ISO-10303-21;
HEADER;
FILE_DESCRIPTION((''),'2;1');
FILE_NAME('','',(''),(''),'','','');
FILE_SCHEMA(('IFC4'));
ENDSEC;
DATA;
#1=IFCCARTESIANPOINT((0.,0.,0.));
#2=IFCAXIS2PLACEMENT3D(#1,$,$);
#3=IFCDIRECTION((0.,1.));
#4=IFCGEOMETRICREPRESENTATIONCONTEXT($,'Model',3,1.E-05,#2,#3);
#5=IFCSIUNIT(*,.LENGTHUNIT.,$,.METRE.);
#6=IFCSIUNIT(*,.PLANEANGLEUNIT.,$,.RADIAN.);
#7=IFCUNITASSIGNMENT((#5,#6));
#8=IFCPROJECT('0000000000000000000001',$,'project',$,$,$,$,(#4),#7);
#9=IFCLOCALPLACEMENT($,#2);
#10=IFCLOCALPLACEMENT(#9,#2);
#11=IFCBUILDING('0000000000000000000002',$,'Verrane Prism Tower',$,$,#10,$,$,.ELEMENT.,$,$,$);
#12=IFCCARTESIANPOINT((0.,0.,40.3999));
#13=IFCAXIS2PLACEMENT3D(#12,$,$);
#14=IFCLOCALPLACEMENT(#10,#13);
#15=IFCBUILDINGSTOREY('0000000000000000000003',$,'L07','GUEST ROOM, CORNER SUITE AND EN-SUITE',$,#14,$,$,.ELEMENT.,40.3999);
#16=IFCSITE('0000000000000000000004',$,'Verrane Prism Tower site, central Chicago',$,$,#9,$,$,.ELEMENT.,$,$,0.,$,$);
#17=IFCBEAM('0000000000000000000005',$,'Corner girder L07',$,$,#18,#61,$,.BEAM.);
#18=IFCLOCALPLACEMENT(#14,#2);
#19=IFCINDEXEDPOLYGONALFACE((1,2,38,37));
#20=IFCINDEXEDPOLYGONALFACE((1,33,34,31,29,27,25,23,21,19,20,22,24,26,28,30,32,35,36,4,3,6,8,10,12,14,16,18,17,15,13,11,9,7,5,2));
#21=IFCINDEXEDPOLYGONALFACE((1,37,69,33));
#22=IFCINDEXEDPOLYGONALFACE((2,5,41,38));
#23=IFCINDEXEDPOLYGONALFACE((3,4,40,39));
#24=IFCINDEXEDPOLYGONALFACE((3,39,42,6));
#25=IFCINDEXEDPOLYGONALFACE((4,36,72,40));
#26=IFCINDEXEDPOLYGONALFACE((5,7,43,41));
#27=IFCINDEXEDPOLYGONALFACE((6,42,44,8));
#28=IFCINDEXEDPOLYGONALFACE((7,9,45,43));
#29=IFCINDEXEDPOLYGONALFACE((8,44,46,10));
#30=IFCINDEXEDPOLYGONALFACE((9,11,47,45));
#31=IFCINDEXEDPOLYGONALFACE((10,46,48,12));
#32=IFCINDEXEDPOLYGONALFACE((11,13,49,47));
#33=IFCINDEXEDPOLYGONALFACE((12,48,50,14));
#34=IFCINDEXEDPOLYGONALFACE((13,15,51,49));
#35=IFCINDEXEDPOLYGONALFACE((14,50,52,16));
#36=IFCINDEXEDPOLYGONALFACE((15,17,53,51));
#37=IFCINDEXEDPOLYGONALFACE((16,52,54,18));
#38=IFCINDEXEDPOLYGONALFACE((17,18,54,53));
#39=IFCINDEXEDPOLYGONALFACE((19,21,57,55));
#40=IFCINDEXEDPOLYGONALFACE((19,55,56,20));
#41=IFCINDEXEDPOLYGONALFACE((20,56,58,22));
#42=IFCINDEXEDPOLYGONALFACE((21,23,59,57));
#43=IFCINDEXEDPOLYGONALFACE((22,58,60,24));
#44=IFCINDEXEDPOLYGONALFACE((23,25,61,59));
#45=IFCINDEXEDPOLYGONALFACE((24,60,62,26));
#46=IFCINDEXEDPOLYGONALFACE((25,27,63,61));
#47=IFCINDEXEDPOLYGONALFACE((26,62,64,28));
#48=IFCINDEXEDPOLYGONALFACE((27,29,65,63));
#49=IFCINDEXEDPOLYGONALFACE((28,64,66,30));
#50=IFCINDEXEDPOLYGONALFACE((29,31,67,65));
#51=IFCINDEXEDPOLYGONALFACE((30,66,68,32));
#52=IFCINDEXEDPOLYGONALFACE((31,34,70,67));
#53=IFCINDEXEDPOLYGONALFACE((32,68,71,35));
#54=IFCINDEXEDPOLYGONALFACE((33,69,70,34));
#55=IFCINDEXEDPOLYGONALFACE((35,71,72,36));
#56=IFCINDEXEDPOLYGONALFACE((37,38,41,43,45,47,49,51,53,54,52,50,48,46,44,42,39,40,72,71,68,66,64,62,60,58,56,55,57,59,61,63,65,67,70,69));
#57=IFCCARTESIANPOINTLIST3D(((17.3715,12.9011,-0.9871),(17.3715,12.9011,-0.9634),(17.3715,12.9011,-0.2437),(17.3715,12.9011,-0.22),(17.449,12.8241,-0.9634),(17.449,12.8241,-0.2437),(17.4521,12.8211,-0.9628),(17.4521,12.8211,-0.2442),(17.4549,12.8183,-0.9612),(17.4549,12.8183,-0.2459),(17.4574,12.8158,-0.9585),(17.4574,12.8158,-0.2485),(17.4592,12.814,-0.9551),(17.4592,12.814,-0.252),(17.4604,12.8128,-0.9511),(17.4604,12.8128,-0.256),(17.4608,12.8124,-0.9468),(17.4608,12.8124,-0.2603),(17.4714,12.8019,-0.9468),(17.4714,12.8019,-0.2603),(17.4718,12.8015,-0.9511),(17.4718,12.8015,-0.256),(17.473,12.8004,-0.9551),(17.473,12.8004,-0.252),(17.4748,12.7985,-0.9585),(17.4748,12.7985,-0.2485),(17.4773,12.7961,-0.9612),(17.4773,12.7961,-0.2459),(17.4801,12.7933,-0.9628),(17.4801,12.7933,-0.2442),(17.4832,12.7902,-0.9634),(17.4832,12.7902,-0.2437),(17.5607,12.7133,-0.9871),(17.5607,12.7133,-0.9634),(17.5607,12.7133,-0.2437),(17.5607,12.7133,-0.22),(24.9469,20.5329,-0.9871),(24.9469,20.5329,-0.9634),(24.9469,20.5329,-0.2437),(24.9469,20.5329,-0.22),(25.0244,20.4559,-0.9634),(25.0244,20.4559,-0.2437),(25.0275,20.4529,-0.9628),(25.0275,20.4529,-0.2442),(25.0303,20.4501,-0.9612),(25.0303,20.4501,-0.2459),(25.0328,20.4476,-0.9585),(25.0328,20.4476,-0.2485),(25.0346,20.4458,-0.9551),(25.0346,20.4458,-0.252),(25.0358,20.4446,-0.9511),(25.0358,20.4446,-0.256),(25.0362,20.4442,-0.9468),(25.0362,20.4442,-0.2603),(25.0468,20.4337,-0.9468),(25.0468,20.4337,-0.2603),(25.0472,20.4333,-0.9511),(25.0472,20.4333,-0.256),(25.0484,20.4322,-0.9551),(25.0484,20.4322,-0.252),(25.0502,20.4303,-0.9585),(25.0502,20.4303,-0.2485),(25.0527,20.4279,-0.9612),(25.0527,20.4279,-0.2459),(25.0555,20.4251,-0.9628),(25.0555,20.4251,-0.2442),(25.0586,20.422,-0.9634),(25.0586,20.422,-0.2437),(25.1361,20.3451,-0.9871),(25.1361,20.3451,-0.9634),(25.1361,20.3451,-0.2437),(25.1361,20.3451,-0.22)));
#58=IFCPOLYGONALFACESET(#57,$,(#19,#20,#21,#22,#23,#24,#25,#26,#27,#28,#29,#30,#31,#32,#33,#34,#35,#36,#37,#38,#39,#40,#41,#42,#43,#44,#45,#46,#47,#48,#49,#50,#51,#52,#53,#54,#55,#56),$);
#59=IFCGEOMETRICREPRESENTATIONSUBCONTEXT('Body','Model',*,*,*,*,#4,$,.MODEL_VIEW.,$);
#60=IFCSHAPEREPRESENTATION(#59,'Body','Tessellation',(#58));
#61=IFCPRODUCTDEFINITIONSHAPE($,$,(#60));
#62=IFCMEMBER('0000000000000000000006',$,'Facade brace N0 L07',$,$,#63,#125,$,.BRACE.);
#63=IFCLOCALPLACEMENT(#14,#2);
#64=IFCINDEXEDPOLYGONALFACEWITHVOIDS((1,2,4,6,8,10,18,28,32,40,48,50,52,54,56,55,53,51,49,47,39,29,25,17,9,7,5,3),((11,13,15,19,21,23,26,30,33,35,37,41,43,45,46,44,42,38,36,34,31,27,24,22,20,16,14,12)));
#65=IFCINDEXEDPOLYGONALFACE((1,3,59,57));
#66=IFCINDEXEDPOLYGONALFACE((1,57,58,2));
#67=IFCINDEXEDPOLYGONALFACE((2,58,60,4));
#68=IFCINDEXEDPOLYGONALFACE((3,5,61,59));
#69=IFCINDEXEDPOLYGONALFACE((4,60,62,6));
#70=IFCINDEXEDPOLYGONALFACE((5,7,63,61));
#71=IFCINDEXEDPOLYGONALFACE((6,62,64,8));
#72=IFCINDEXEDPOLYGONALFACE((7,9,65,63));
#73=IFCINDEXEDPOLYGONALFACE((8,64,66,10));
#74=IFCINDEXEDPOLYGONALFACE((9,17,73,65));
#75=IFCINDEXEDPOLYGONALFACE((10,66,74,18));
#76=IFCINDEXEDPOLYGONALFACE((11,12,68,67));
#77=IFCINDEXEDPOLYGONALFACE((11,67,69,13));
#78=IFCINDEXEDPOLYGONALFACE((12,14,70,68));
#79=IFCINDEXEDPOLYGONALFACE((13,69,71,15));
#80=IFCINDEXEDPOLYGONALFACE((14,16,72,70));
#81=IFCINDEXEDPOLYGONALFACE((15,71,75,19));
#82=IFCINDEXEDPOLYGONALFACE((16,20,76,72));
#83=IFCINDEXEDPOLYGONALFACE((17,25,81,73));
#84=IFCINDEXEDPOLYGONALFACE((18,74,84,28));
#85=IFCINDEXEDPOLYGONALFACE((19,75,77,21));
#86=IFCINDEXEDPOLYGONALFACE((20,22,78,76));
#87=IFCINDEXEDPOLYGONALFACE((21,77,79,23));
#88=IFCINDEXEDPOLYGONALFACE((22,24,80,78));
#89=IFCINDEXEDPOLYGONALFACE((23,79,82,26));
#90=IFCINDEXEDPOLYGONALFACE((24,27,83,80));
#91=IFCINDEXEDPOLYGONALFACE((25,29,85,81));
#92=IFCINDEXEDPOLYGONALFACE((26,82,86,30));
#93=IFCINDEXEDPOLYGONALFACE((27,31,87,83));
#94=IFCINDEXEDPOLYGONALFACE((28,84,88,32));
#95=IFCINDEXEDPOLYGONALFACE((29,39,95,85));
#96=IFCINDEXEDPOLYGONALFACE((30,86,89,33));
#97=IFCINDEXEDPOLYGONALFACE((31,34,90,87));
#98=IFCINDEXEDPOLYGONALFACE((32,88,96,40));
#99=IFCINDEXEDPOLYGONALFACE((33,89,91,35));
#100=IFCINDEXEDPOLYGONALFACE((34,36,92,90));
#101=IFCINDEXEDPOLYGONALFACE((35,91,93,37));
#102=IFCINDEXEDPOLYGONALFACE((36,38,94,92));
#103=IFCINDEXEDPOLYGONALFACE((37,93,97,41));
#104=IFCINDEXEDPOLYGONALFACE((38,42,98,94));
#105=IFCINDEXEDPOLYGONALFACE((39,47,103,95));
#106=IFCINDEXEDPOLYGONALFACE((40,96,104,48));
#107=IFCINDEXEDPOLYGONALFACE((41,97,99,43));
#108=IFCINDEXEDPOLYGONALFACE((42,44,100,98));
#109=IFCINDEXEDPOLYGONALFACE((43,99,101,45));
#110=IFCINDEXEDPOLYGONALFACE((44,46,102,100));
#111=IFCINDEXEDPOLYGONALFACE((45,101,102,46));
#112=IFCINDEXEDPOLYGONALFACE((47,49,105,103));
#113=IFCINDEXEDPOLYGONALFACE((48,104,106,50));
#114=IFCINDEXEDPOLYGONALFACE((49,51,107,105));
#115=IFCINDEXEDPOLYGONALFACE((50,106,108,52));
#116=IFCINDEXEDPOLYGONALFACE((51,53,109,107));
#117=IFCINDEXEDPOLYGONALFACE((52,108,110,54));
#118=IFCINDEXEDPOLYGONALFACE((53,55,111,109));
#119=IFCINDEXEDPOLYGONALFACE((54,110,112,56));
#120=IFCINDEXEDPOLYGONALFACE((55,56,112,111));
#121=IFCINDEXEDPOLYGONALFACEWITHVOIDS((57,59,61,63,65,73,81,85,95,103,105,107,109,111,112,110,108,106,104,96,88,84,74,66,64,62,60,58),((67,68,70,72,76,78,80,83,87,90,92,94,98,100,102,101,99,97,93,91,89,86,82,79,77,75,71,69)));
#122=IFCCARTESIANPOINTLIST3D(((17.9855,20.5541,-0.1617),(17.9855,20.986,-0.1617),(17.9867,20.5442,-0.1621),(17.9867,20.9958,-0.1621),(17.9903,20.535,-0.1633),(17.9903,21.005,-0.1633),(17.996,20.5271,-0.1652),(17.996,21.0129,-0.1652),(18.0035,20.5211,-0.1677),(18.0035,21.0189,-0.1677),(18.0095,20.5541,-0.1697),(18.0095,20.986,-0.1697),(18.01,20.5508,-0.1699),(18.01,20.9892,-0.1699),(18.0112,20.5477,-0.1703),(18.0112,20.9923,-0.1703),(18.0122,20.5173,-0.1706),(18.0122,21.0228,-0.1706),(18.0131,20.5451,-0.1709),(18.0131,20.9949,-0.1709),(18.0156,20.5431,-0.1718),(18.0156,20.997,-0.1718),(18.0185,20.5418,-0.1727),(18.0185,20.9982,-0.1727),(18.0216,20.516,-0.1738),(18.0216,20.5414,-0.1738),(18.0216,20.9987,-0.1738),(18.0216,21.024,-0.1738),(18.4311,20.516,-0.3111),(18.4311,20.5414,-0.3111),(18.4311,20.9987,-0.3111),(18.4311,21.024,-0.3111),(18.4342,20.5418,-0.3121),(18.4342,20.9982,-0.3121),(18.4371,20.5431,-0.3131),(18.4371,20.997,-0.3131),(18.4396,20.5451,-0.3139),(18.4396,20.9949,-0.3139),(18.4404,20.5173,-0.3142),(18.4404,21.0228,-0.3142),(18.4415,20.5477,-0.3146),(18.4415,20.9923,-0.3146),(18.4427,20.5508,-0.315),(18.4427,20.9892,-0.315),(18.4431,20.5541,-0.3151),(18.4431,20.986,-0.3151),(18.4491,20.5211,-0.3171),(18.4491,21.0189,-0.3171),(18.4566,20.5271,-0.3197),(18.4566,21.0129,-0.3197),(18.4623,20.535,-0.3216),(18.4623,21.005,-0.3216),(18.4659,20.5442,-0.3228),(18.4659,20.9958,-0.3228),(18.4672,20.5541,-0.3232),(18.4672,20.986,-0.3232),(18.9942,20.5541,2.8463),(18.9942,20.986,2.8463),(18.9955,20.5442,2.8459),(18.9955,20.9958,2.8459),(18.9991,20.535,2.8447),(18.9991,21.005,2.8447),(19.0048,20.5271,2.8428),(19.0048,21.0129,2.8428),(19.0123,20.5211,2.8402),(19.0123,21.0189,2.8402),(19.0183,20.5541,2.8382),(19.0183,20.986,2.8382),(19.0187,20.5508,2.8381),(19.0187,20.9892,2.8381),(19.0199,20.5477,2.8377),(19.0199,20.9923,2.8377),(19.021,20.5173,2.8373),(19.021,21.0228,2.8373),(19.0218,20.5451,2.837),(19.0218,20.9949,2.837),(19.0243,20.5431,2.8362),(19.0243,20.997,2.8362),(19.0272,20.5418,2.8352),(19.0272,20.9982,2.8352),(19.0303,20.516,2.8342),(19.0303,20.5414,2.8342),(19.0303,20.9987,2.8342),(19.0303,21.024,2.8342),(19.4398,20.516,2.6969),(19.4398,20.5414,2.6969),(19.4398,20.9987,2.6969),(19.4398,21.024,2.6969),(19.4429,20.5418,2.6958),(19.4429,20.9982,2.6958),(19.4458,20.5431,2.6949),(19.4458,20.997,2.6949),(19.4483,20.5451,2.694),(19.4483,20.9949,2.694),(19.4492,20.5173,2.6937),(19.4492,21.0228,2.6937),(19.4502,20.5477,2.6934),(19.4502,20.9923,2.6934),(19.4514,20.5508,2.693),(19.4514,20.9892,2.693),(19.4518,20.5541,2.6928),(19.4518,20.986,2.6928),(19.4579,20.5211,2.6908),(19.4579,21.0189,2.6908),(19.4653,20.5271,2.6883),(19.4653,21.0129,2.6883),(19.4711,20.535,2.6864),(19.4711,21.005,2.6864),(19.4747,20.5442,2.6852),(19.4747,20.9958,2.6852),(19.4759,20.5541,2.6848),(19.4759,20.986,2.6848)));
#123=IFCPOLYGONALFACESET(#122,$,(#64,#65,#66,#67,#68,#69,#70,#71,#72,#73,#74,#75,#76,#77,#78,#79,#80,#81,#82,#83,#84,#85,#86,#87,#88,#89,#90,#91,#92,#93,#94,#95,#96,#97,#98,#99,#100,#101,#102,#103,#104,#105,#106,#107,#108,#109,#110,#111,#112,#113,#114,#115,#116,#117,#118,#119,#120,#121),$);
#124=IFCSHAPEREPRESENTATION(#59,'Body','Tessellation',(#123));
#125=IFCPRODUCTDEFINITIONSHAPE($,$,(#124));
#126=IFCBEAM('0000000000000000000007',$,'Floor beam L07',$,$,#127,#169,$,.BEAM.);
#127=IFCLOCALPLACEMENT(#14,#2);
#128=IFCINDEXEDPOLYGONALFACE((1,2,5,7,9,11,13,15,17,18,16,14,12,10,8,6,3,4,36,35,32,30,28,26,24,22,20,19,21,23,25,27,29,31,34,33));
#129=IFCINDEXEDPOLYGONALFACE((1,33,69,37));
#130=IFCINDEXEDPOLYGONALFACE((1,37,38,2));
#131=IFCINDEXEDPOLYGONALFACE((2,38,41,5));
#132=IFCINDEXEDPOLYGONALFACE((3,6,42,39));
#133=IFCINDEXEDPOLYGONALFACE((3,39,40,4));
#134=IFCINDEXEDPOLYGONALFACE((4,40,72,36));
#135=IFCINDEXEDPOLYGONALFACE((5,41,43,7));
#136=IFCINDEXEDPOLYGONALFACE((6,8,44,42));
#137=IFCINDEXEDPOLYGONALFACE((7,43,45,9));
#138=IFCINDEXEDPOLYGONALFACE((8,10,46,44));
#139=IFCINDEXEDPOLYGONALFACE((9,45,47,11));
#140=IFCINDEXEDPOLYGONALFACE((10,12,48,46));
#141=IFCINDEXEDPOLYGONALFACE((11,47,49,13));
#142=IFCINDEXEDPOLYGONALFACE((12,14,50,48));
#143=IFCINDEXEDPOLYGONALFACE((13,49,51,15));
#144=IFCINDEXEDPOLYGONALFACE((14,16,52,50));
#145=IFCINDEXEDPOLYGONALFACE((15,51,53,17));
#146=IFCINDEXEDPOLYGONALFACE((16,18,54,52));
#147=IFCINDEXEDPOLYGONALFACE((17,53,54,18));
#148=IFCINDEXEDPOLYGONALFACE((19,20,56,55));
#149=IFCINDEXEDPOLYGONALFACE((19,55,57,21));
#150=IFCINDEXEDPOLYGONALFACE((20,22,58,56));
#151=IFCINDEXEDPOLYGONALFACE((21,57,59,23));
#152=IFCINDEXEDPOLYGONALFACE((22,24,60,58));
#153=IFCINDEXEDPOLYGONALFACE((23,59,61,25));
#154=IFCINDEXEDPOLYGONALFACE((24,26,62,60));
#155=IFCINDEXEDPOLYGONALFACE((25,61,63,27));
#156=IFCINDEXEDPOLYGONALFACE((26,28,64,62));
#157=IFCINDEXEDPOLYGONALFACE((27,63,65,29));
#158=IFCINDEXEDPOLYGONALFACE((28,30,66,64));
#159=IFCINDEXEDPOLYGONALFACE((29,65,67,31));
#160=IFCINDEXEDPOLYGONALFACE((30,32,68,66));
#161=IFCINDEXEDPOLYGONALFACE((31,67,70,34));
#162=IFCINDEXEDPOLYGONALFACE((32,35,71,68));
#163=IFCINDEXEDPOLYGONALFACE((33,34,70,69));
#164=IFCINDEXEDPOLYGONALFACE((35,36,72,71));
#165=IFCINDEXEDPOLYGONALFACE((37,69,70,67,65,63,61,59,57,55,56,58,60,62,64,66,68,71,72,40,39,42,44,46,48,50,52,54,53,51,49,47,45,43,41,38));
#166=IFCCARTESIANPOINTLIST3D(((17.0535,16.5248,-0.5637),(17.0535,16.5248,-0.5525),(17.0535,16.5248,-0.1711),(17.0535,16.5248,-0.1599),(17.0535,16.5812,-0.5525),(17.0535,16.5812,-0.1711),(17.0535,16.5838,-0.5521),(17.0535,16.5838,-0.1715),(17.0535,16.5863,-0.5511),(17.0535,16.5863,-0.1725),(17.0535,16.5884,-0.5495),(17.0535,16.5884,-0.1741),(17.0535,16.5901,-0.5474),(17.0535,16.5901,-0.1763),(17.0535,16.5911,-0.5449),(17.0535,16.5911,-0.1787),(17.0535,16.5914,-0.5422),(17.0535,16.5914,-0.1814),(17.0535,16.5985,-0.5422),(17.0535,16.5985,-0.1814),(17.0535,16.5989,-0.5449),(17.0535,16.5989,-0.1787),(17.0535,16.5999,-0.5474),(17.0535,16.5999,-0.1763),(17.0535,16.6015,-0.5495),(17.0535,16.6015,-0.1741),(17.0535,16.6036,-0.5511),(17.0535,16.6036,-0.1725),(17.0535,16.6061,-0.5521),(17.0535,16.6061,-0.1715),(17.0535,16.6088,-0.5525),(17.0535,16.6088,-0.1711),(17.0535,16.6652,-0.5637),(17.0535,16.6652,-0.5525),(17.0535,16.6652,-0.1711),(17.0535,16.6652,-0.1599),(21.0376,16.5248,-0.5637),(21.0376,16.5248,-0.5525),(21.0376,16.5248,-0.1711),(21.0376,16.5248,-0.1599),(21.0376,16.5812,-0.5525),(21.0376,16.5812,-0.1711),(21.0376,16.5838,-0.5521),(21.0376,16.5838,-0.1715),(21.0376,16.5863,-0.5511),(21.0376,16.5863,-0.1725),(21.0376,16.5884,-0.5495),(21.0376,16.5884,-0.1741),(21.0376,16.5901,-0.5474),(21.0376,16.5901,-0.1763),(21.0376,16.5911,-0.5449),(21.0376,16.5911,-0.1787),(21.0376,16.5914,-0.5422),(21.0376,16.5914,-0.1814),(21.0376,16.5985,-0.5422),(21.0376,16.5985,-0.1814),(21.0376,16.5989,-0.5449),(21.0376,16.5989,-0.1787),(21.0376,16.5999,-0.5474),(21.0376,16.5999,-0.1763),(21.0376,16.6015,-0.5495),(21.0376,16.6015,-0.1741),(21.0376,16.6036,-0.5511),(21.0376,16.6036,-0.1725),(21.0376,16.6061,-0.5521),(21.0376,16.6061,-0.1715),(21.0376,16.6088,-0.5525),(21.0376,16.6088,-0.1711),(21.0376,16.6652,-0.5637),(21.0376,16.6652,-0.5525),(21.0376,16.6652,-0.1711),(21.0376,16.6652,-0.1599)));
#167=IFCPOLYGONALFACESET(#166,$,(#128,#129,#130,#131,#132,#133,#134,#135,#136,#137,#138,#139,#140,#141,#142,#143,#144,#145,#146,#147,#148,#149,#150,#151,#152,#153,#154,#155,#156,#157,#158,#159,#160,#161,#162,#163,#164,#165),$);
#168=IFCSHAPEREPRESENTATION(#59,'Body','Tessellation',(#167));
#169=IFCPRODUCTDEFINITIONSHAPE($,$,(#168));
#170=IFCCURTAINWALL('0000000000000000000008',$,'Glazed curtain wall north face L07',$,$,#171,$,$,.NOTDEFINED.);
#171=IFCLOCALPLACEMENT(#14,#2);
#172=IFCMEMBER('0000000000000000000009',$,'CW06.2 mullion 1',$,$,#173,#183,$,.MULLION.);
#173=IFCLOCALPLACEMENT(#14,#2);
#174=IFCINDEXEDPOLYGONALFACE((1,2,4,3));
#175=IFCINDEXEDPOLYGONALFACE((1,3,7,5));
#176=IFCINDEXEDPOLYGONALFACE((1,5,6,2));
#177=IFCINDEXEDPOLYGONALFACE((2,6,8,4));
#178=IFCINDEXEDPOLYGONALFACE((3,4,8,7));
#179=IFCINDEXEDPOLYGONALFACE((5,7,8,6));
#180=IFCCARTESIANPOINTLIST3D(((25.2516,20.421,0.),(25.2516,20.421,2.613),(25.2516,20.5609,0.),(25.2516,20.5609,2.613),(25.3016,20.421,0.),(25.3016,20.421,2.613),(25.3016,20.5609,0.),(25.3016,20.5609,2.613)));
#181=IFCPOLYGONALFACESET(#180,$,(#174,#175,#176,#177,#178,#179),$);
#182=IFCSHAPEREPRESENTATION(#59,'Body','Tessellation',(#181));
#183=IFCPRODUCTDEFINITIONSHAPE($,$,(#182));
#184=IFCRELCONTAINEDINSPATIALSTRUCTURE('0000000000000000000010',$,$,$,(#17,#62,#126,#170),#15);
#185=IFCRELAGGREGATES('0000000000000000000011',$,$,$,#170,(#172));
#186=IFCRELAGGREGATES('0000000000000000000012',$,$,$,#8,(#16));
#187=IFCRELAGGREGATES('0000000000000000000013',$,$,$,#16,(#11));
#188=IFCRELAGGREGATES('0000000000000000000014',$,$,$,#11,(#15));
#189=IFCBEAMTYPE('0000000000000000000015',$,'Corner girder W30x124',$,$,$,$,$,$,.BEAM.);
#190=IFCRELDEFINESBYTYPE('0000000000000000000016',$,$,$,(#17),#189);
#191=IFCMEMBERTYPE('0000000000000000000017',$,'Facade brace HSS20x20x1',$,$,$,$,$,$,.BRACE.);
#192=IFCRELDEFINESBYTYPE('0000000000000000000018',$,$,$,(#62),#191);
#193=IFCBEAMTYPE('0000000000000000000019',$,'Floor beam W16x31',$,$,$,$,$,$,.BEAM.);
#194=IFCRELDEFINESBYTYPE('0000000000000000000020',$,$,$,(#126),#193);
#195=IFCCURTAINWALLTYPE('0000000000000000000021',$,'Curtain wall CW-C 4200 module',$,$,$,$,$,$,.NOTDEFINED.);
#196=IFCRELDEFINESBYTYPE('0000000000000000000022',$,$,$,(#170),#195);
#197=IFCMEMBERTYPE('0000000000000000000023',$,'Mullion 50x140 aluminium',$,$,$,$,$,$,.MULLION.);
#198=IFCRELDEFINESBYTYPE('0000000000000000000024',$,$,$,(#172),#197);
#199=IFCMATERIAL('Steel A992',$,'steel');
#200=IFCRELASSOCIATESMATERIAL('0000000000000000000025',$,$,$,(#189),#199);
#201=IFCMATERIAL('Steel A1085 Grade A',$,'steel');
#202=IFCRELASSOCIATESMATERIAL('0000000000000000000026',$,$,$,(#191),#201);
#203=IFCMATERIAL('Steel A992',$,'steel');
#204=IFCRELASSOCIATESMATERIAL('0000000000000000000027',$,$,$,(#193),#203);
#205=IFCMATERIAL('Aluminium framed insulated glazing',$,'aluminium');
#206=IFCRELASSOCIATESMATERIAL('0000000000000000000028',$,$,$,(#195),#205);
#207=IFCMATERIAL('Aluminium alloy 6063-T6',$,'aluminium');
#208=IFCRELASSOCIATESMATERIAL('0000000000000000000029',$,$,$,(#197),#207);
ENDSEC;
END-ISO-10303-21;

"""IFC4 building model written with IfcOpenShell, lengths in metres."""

from ifc_helpers import new_model, si_unit, direction, frame, origin, origin_2d, place, context, subcontext, project, spatial, rectangle, hollow_rectangle, i_section, extrude, material, material_profile, profile_set, type_object, element, aggregate, save


model = new_model("IFC4")

# Units and contexts
model_context = context("Model", 3, precision=1e-05, world=origin(), true_north=direction((0.0, 1.0)))
body_context = subcontext(model_context, "Body", "Model", "MODEL_VIEW")
ifc_project = project(units=[si_unit("LENGTHUNIT", "METRE"), si_unit("PLANEANGLEUNIT", "RADIAN")], contexts=[model_context])

# Site, building, storey
site_placement = place(None, origin())
site = spatial("IfcSite", under=ifc_project, at=site_placement, Name="Verrane Prism Tower site, central Chicago", CompositionType="ELEMENT", RefElevation=0.0)
building_placement = place(site_placement, origin())
building = spatial("IfcBuilding", under=site, at=building_placement, Name="Verrane Prism Tower", CompositionType="ELEMENT")
storey_placement = place(building_placement, frame((0.0, 0.0, 40.3999)))
storey = spatial("IfcBuildingStorey", under=building, at=storey_placement, Name="L07", Description="GUEST ROOM, CORNER SUITE AND EN-SUITE", CompositionType="ELEMENT", Elevation=40.3999)

# Beam
ifc_material_1 = material(Name="Steel A992", Category="steel")
ifc_material_profile_1 = material_profile(ifc_material_1, i_section(OverallWidth=0.2666, OverallDepth=0.7671, WebThickness=0.0149, FlangeThickness=0.0237, FilletRadius=0.0166, at=origin_2d()), Name="W30x124")
ifc_profile_set_1 = profile_set([ifc_material_profile_1], Name="Steel A992")
beam_type_1 = type_object("IfcBeamType", Name="Corner girder W30x124", PredefinedType="BEAM", material=ifc_profile_set_1)
beam_1_placement = place(storey_placement, frame((25.0415, 20.439, -0.6035), z_axis=(-0.70448, -0.709724, 0.0), x_axis=(0.709724, -0.70448, 0.0)))
element("IfcBeam", 1, at=beam_1_placement, inside=storey, type_object=beam_type_1, Name="Corner girder L07", PredefinedType="BEAM", context=body_context, shape_type="SweptSolid", body=[
    extrude(i_section(OverallWidth=0.2666, OverallDepth=0.7671, WebThickness=0.0149, FlangeThickness=0.0237, FilletRadius=0.0166, at=origin_2d()), origin(), (0.0, 0.0, 1.0), 10.7532),
])

# Member
ifc_material_2 = material(Name="Steel A1085 Grade A", Category="steel")
ifc_material_profile_2 = material_profile(ifc_material_2, hollow_rectangle(XDim=0.5081, YDim=0.5081, WallThickness=0.0254, InnerFilletRadius=0.0127, OuterFilletRadius=0.0381, at=origin_2d()), Name="HSS20x20x1")
ifc_profile_set_2 = profile_set([ifc_material_profile_2], Name="Steel A1085 Grade A")
member_type_1 = type_object("IfcMemberType", Name="Facade brace HSS20x20x1", PredefinedType="BRACE", material=ifc_profile_set_2)
member_1_placement = place(storey_placement, frame((18.2263, 20.77, -0.2424), z_axis=(0.317959, 0.0, 0.948105), x_axis=(0.0, 1.0, 0.0)))
element("IfcMember", 2, at=member_1_placement, inside=storey, type_object=member_type_1, Name="Facade brace N0 L07", PredefinedType="BRACE", context=body_context, shape_type="SweptSolid", body=[
    extrude(hollow_rectangle(XDim=0.5081, YDim=0.5081, WallThickness=0.0254, InnerFilletRadius=0.0127, OuterFilletRadius=0.0381, at=origin_2d()), origin(), (0.0, 0.0, 1.0), 3.1726),
])

# Beam
ifc_material_3 = material(Name="Steel A992", Category="steel")
ifc_material_profile_3 = material_profile(ifc_material_3, i_section(OverallWidth=0.1404, OverallDepth=0.4038, WebThickness=0.0071, FlangeThickness=0.0112, FilletRadius=0.0103, at=origin_2d()), Name="W16x31")
ifc_profile_set_3 = profile_set([ifc_material_profile_3], Name="Steel A992")
beam_type_2 = type_object("IfcBeamType", Name="Floor beam W16x31", PredefinedType="BEAM", material=ifc_profile_set_3)
beam_2_placement = place(storey_placement, frame((17.0535, 16.595, -0.3618), z_axis=(1.0, 0.0, 0.0), x_axis=(0.0, 1.0, 0.0)))
element("IfcBeam", 3, at=beam_2_placement, inside=storey, type_object=beam_type_2, Name="Floor beam L07", PredefinedType="BEAM", context=body_context, shape_type="SweptSolid", body=[
    extrude(i_section(OverallWidth=0.1404, OverallDepth=0.4038, WebThickness=0.0071, FlangeThickness=0.0112, FilletRadius=0.0103, at=origin_2d()), origin(), (0.0, 0.0, 1.0), 3.9841),
])

# Curtain wall, member
ifc_material_4 = material(Name="Aluminium framed insulated glazing", Category="aluminium")
curtain_wall_type_1 = type_object("IfcCurtainWallType", Name="Curtain wall CW-C 4200 module", PredefinedType="NOTDEFINED", material=ifc_material_4)
curtain_wall_1_placement = place(storey_placement, origin())
curtain_wall_1 = element("IfcCurtainWall", 4, at=curtain_wall_1_placement, inside=storey, type_object=curtain_wall_type_1, Name="Glazed curtain wall north face L07", PredefinedType="NOTDEFINED")
ifc_material_5 = material(Name="Aluminium alloy 6063-T6", Category="aluminium")
ifc_material_profile_4 = material_profile(ifc_material_5, rectangle(XDim=0.1399, YDim=0.05, at=origin_2d()), Name="Mullion 50x140 aluminium")
ifc_profile_set_4 = profile_set([ifc_material_profile_4], Name="Aluminium alloy 6063-T6")
member_type_2 = type_object("IfcMemberType", Name="Mullion 50x140 aluminium", PredefinedType="MULLION", material=ifc_profile_set_4)
member_2_placement = place(storey_placement, frame((25.2766, 20.491, 0.0), z_axis=(0.0, 0.0, 1.0), x_axis=(0.0, -1.0, 0.0)))
member_2 = element("IfcMember", 5, at=member_2_placement, type_object=member_type_2, Name="CW06.2 mullion 1", PredefinedType="MULLION", context=body_context, shape_type="SweptSolid", body=[
    extrude(rectangle(XDim=0.1399, YDim=0.05, at=origin_2d()), origin(), (0.0, 0.0, 1.0), 2.613),
])

aggregate(curtain_wall_1, [member_2])

save(model, "model.ifc")
